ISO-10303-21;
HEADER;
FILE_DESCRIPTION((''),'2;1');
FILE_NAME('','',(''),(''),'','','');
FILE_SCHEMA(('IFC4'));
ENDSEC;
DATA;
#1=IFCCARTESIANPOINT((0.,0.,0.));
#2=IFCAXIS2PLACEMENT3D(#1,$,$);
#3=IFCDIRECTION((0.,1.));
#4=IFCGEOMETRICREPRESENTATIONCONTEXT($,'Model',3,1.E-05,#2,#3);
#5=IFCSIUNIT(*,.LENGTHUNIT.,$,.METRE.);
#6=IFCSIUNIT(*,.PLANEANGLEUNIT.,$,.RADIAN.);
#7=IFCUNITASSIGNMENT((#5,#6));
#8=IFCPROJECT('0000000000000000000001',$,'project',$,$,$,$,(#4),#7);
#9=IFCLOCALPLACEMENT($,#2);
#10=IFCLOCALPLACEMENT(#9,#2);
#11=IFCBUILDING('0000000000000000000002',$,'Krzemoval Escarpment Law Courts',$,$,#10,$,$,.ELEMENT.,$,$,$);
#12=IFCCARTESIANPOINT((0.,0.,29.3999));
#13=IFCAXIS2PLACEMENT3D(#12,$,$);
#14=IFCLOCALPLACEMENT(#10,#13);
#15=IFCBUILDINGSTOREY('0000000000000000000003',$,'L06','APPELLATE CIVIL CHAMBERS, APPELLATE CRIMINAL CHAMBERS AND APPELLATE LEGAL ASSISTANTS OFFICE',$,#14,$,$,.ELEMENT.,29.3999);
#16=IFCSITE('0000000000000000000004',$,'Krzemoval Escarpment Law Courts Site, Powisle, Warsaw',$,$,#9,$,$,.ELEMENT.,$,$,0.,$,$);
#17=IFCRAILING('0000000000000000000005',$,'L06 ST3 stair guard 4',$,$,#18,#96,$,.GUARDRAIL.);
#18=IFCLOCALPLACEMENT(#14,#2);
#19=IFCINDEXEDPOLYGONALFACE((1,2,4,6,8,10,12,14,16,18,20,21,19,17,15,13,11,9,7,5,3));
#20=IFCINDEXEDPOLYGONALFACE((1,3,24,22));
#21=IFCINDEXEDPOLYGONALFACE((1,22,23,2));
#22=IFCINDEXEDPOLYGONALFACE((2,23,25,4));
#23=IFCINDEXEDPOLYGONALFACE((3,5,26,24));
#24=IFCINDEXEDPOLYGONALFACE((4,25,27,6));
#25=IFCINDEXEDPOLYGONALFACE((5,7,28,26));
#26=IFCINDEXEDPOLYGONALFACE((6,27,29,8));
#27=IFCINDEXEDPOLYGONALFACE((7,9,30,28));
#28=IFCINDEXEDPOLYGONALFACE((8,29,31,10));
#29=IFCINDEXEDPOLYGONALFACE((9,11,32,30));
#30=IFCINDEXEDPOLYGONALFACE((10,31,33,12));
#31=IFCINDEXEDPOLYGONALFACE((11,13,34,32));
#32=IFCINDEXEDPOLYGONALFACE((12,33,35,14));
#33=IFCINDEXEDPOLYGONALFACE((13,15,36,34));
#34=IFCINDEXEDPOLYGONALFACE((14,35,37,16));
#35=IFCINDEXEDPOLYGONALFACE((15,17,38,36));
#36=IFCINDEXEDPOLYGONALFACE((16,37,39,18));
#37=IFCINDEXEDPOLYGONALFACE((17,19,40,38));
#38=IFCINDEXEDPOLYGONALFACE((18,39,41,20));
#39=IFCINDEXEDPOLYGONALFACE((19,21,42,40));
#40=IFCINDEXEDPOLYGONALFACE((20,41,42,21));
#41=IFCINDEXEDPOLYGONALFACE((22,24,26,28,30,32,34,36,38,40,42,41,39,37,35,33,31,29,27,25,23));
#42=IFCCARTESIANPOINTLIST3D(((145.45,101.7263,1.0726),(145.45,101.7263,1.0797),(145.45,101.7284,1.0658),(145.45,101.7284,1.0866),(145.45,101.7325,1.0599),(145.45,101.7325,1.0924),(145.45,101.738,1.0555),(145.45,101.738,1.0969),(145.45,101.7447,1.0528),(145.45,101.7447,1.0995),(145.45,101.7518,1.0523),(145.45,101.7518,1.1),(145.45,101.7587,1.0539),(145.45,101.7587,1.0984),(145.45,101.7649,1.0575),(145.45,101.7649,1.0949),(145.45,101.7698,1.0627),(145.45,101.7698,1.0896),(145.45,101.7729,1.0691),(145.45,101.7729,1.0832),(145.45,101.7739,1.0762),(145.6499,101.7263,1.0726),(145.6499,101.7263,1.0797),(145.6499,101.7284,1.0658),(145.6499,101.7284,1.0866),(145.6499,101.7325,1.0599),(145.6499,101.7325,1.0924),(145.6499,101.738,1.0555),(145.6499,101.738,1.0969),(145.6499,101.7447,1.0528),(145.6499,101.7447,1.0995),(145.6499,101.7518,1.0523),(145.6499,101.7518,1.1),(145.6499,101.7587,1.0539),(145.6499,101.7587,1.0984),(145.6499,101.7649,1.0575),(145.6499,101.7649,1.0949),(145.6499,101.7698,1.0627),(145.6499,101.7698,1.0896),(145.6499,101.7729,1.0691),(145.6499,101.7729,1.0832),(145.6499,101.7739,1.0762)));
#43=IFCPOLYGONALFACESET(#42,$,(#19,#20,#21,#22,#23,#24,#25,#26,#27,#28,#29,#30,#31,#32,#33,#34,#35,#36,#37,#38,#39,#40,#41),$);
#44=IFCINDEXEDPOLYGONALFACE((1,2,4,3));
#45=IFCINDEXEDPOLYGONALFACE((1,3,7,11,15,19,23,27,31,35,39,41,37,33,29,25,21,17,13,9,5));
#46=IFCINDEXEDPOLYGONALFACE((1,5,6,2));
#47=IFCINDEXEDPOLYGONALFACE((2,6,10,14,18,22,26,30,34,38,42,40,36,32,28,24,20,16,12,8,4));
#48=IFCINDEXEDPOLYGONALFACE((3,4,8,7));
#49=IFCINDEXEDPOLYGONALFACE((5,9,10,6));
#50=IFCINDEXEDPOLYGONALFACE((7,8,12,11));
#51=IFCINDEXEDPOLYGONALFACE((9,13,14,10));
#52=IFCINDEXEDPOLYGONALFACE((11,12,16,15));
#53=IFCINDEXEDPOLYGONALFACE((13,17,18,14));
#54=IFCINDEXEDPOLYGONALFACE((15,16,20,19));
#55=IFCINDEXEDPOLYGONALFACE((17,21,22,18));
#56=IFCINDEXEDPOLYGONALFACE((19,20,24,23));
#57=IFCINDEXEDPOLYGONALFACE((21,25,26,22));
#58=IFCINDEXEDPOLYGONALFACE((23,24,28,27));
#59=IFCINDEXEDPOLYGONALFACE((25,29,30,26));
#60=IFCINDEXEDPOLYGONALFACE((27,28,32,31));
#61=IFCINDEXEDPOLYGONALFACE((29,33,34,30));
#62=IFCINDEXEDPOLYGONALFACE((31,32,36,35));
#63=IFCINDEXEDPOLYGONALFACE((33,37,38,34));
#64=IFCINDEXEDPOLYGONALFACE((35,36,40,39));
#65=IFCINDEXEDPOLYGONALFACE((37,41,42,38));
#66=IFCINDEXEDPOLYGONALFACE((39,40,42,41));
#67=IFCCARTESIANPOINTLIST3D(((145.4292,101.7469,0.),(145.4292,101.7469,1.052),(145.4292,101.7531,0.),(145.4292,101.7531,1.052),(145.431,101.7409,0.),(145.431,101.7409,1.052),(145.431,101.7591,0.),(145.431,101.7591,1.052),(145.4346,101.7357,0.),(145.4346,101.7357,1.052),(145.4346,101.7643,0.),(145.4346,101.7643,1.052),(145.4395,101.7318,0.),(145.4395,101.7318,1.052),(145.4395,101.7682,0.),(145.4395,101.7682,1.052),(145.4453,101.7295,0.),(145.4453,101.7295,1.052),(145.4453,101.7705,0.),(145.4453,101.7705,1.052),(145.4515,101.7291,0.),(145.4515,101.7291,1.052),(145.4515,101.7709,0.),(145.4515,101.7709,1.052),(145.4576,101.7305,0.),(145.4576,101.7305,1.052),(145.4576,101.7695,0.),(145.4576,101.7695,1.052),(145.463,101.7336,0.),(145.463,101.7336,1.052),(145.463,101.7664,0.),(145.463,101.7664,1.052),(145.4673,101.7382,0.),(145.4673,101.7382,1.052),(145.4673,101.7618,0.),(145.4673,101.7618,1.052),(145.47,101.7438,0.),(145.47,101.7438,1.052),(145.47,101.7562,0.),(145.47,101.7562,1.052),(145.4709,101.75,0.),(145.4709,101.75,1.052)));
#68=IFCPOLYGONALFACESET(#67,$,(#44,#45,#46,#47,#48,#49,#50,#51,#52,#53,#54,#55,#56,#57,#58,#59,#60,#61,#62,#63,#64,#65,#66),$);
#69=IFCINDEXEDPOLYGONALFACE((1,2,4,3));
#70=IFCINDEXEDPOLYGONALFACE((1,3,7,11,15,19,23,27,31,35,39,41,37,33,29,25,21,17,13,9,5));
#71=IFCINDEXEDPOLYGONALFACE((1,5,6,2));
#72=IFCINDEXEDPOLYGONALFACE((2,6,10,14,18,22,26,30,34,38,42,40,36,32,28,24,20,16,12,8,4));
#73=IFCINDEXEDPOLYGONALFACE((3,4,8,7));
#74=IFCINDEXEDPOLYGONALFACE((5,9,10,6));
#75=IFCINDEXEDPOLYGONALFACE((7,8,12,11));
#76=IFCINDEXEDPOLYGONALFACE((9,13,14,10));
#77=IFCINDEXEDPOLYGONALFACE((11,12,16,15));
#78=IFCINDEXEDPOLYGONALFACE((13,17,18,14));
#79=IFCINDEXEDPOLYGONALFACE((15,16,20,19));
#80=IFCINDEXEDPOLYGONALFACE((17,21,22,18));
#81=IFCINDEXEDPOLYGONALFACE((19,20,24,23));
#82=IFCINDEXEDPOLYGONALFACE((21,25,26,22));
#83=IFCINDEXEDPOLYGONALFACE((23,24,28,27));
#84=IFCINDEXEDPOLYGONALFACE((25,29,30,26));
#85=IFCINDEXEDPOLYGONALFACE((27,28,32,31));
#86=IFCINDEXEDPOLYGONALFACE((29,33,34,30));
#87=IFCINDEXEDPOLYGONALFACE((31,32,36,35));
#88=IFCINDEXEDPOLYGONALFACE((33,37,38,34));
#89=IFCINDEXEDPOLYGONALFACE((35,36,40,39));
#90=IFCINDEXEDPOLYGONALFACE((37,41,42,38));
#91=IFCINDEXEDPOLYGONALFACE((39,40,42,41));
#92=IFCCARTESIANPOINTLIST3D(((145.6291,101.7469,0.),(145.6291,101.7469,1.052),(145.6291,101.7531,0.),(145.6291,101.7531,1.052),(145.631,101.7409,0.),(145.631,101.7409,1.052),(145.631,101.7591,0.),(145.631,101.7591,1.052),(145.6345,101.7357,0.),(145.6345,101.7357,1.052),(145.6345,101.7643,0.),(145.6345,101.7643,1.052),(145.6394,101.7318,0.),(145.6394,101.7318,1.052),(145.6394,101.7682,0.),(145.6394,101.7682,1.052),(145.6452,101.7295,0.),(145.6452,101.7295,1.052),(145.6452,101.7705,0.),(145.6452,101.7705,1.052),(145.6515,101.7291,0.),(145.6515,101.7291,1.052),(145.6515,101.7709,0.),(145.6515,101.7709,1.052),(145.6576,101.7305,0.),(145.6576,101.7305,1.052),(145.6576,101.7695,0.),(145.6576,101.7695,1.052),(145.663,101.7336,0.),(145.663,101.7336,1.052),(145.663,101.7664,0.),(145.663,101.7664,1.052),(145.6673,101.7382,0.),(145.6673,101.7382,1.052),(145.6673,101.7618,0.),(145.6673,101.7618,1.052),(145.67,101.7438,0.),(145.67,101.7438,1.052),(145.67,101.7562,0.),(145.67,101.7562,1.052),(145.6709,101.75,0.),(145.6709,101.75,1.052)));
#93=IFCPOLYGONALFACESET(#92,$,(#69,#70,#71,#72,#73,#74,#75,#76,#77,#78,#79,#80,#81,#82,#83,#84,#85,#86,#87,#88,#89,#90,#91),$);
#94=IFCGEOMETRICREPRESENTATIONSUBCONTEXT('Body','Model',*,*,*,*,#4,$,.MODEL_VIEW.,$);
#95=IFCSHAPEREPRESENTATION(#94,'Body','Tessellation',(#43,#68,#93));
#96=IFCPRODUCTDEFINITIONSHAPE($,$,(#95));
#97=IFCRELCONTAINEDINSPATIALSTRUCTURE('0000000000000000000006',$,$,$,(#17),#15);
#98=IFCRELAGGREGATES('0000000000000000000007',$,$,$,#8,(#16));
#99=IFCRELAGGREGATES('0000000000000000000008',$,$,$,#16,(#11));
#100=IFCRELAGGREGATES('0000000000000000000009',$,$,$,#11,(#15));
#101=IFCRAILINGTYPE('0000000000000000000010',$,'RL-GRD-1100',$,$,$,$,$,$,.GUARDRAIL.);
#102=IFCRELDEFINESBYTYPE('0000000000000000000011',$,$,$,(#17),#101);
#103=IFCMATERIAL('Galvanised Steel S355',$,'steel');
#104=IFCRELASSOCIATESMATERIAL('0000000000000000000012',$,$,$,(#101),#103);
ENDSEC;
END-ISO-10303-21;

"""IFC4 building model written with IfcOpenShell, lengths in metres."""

from ifc_helpers import new_model, si_unit, direction, frame, origin, origin_2d, place, context, subcontext, project, spatial, circle, extrude, material, type_object, element, save


model = new_model("IFC4")

# Units and contexts
model_context = context("Model", 3, precision=1e-05, world=origin(), true_north=direction((0.0, 1.0)))
body_context = subcontext(model_context, "Body", "Model", "MODEL_VIEW")
ifc_project = project(units=[si_unit("LENGTHUNIT", "METRE"), si_unit("PLANEANGLEUNIT", "RADIAN")], contexts=[model_context])

# Site, building, storey
site_placement = place(None, origin())
site = spatial("IfcSite", under=ifc_project, at=site_placement, Name="Krzemoval Escarpment Law Courts Site, Powisle, Warsaw", CompositionType="ELEMENT", RefElevation=0.0)
building_placement = place(site_placement, origin())
building = spatial("IfcBuilding", under=site, at=building_placement, Name="Krzemoval Escarpment Law Courts", CompositionType="ELEMENT")
storey_placement = place(building_placement, frame((0.0, 0.0, 29.3999)))
storey = spatial("IfcBuildingStorey", under=building, at=storey_placement, Name="L06", Description="APPELLATE CIVIL CHAMBERS, APPELLATE CRIMINAL CHAMBERS AND APPELLATE LEGAL ASSISTANTS OFFICE", CompositionType="ELEMENT", Elevation=29.3999)

# Railing
ifc_material_1 = material(Name="Galvanised Steel S355", Category="steel")
railing_type_1 = type_object("IfcRailingType", Name="RL-GRD-1100", PredefinedType="GUARDRAIL", material=ifc_material_1)
railing_1_placement = place(storey_placement, frame((145.45, 101.75, 0.0)))
element("IfcRailing", 1, at=railing_1_placement, inside=storey, type_object=railing_type_1, Name="L06 ST3 stair guard 4", PredefinedType="GUARDRAIL", context=body_context, shape_type="SweptSolid", body=[
    extrude(circle(Radius=0.0239, at=origin_2d()), frame((0.0, 0.0, 1.0762), z_axis=(1.0, 0.0, 0.0), x_axis=(0.0, 1.0, 0.0)), (0.0, 0.0, 1.0), 0.2),
    extrude(circle(Radius=0.021, at=origin_2d()), origin(), (0.0, 0.0, 1.0), 1.052),
    extrude(circle(Radius=0.021, at=origin_2d()), frame((0.2, 0.0, 0.0)), (0.0, 0.0, 1.0), 1.052),
])

save(model, "model.ifc")
